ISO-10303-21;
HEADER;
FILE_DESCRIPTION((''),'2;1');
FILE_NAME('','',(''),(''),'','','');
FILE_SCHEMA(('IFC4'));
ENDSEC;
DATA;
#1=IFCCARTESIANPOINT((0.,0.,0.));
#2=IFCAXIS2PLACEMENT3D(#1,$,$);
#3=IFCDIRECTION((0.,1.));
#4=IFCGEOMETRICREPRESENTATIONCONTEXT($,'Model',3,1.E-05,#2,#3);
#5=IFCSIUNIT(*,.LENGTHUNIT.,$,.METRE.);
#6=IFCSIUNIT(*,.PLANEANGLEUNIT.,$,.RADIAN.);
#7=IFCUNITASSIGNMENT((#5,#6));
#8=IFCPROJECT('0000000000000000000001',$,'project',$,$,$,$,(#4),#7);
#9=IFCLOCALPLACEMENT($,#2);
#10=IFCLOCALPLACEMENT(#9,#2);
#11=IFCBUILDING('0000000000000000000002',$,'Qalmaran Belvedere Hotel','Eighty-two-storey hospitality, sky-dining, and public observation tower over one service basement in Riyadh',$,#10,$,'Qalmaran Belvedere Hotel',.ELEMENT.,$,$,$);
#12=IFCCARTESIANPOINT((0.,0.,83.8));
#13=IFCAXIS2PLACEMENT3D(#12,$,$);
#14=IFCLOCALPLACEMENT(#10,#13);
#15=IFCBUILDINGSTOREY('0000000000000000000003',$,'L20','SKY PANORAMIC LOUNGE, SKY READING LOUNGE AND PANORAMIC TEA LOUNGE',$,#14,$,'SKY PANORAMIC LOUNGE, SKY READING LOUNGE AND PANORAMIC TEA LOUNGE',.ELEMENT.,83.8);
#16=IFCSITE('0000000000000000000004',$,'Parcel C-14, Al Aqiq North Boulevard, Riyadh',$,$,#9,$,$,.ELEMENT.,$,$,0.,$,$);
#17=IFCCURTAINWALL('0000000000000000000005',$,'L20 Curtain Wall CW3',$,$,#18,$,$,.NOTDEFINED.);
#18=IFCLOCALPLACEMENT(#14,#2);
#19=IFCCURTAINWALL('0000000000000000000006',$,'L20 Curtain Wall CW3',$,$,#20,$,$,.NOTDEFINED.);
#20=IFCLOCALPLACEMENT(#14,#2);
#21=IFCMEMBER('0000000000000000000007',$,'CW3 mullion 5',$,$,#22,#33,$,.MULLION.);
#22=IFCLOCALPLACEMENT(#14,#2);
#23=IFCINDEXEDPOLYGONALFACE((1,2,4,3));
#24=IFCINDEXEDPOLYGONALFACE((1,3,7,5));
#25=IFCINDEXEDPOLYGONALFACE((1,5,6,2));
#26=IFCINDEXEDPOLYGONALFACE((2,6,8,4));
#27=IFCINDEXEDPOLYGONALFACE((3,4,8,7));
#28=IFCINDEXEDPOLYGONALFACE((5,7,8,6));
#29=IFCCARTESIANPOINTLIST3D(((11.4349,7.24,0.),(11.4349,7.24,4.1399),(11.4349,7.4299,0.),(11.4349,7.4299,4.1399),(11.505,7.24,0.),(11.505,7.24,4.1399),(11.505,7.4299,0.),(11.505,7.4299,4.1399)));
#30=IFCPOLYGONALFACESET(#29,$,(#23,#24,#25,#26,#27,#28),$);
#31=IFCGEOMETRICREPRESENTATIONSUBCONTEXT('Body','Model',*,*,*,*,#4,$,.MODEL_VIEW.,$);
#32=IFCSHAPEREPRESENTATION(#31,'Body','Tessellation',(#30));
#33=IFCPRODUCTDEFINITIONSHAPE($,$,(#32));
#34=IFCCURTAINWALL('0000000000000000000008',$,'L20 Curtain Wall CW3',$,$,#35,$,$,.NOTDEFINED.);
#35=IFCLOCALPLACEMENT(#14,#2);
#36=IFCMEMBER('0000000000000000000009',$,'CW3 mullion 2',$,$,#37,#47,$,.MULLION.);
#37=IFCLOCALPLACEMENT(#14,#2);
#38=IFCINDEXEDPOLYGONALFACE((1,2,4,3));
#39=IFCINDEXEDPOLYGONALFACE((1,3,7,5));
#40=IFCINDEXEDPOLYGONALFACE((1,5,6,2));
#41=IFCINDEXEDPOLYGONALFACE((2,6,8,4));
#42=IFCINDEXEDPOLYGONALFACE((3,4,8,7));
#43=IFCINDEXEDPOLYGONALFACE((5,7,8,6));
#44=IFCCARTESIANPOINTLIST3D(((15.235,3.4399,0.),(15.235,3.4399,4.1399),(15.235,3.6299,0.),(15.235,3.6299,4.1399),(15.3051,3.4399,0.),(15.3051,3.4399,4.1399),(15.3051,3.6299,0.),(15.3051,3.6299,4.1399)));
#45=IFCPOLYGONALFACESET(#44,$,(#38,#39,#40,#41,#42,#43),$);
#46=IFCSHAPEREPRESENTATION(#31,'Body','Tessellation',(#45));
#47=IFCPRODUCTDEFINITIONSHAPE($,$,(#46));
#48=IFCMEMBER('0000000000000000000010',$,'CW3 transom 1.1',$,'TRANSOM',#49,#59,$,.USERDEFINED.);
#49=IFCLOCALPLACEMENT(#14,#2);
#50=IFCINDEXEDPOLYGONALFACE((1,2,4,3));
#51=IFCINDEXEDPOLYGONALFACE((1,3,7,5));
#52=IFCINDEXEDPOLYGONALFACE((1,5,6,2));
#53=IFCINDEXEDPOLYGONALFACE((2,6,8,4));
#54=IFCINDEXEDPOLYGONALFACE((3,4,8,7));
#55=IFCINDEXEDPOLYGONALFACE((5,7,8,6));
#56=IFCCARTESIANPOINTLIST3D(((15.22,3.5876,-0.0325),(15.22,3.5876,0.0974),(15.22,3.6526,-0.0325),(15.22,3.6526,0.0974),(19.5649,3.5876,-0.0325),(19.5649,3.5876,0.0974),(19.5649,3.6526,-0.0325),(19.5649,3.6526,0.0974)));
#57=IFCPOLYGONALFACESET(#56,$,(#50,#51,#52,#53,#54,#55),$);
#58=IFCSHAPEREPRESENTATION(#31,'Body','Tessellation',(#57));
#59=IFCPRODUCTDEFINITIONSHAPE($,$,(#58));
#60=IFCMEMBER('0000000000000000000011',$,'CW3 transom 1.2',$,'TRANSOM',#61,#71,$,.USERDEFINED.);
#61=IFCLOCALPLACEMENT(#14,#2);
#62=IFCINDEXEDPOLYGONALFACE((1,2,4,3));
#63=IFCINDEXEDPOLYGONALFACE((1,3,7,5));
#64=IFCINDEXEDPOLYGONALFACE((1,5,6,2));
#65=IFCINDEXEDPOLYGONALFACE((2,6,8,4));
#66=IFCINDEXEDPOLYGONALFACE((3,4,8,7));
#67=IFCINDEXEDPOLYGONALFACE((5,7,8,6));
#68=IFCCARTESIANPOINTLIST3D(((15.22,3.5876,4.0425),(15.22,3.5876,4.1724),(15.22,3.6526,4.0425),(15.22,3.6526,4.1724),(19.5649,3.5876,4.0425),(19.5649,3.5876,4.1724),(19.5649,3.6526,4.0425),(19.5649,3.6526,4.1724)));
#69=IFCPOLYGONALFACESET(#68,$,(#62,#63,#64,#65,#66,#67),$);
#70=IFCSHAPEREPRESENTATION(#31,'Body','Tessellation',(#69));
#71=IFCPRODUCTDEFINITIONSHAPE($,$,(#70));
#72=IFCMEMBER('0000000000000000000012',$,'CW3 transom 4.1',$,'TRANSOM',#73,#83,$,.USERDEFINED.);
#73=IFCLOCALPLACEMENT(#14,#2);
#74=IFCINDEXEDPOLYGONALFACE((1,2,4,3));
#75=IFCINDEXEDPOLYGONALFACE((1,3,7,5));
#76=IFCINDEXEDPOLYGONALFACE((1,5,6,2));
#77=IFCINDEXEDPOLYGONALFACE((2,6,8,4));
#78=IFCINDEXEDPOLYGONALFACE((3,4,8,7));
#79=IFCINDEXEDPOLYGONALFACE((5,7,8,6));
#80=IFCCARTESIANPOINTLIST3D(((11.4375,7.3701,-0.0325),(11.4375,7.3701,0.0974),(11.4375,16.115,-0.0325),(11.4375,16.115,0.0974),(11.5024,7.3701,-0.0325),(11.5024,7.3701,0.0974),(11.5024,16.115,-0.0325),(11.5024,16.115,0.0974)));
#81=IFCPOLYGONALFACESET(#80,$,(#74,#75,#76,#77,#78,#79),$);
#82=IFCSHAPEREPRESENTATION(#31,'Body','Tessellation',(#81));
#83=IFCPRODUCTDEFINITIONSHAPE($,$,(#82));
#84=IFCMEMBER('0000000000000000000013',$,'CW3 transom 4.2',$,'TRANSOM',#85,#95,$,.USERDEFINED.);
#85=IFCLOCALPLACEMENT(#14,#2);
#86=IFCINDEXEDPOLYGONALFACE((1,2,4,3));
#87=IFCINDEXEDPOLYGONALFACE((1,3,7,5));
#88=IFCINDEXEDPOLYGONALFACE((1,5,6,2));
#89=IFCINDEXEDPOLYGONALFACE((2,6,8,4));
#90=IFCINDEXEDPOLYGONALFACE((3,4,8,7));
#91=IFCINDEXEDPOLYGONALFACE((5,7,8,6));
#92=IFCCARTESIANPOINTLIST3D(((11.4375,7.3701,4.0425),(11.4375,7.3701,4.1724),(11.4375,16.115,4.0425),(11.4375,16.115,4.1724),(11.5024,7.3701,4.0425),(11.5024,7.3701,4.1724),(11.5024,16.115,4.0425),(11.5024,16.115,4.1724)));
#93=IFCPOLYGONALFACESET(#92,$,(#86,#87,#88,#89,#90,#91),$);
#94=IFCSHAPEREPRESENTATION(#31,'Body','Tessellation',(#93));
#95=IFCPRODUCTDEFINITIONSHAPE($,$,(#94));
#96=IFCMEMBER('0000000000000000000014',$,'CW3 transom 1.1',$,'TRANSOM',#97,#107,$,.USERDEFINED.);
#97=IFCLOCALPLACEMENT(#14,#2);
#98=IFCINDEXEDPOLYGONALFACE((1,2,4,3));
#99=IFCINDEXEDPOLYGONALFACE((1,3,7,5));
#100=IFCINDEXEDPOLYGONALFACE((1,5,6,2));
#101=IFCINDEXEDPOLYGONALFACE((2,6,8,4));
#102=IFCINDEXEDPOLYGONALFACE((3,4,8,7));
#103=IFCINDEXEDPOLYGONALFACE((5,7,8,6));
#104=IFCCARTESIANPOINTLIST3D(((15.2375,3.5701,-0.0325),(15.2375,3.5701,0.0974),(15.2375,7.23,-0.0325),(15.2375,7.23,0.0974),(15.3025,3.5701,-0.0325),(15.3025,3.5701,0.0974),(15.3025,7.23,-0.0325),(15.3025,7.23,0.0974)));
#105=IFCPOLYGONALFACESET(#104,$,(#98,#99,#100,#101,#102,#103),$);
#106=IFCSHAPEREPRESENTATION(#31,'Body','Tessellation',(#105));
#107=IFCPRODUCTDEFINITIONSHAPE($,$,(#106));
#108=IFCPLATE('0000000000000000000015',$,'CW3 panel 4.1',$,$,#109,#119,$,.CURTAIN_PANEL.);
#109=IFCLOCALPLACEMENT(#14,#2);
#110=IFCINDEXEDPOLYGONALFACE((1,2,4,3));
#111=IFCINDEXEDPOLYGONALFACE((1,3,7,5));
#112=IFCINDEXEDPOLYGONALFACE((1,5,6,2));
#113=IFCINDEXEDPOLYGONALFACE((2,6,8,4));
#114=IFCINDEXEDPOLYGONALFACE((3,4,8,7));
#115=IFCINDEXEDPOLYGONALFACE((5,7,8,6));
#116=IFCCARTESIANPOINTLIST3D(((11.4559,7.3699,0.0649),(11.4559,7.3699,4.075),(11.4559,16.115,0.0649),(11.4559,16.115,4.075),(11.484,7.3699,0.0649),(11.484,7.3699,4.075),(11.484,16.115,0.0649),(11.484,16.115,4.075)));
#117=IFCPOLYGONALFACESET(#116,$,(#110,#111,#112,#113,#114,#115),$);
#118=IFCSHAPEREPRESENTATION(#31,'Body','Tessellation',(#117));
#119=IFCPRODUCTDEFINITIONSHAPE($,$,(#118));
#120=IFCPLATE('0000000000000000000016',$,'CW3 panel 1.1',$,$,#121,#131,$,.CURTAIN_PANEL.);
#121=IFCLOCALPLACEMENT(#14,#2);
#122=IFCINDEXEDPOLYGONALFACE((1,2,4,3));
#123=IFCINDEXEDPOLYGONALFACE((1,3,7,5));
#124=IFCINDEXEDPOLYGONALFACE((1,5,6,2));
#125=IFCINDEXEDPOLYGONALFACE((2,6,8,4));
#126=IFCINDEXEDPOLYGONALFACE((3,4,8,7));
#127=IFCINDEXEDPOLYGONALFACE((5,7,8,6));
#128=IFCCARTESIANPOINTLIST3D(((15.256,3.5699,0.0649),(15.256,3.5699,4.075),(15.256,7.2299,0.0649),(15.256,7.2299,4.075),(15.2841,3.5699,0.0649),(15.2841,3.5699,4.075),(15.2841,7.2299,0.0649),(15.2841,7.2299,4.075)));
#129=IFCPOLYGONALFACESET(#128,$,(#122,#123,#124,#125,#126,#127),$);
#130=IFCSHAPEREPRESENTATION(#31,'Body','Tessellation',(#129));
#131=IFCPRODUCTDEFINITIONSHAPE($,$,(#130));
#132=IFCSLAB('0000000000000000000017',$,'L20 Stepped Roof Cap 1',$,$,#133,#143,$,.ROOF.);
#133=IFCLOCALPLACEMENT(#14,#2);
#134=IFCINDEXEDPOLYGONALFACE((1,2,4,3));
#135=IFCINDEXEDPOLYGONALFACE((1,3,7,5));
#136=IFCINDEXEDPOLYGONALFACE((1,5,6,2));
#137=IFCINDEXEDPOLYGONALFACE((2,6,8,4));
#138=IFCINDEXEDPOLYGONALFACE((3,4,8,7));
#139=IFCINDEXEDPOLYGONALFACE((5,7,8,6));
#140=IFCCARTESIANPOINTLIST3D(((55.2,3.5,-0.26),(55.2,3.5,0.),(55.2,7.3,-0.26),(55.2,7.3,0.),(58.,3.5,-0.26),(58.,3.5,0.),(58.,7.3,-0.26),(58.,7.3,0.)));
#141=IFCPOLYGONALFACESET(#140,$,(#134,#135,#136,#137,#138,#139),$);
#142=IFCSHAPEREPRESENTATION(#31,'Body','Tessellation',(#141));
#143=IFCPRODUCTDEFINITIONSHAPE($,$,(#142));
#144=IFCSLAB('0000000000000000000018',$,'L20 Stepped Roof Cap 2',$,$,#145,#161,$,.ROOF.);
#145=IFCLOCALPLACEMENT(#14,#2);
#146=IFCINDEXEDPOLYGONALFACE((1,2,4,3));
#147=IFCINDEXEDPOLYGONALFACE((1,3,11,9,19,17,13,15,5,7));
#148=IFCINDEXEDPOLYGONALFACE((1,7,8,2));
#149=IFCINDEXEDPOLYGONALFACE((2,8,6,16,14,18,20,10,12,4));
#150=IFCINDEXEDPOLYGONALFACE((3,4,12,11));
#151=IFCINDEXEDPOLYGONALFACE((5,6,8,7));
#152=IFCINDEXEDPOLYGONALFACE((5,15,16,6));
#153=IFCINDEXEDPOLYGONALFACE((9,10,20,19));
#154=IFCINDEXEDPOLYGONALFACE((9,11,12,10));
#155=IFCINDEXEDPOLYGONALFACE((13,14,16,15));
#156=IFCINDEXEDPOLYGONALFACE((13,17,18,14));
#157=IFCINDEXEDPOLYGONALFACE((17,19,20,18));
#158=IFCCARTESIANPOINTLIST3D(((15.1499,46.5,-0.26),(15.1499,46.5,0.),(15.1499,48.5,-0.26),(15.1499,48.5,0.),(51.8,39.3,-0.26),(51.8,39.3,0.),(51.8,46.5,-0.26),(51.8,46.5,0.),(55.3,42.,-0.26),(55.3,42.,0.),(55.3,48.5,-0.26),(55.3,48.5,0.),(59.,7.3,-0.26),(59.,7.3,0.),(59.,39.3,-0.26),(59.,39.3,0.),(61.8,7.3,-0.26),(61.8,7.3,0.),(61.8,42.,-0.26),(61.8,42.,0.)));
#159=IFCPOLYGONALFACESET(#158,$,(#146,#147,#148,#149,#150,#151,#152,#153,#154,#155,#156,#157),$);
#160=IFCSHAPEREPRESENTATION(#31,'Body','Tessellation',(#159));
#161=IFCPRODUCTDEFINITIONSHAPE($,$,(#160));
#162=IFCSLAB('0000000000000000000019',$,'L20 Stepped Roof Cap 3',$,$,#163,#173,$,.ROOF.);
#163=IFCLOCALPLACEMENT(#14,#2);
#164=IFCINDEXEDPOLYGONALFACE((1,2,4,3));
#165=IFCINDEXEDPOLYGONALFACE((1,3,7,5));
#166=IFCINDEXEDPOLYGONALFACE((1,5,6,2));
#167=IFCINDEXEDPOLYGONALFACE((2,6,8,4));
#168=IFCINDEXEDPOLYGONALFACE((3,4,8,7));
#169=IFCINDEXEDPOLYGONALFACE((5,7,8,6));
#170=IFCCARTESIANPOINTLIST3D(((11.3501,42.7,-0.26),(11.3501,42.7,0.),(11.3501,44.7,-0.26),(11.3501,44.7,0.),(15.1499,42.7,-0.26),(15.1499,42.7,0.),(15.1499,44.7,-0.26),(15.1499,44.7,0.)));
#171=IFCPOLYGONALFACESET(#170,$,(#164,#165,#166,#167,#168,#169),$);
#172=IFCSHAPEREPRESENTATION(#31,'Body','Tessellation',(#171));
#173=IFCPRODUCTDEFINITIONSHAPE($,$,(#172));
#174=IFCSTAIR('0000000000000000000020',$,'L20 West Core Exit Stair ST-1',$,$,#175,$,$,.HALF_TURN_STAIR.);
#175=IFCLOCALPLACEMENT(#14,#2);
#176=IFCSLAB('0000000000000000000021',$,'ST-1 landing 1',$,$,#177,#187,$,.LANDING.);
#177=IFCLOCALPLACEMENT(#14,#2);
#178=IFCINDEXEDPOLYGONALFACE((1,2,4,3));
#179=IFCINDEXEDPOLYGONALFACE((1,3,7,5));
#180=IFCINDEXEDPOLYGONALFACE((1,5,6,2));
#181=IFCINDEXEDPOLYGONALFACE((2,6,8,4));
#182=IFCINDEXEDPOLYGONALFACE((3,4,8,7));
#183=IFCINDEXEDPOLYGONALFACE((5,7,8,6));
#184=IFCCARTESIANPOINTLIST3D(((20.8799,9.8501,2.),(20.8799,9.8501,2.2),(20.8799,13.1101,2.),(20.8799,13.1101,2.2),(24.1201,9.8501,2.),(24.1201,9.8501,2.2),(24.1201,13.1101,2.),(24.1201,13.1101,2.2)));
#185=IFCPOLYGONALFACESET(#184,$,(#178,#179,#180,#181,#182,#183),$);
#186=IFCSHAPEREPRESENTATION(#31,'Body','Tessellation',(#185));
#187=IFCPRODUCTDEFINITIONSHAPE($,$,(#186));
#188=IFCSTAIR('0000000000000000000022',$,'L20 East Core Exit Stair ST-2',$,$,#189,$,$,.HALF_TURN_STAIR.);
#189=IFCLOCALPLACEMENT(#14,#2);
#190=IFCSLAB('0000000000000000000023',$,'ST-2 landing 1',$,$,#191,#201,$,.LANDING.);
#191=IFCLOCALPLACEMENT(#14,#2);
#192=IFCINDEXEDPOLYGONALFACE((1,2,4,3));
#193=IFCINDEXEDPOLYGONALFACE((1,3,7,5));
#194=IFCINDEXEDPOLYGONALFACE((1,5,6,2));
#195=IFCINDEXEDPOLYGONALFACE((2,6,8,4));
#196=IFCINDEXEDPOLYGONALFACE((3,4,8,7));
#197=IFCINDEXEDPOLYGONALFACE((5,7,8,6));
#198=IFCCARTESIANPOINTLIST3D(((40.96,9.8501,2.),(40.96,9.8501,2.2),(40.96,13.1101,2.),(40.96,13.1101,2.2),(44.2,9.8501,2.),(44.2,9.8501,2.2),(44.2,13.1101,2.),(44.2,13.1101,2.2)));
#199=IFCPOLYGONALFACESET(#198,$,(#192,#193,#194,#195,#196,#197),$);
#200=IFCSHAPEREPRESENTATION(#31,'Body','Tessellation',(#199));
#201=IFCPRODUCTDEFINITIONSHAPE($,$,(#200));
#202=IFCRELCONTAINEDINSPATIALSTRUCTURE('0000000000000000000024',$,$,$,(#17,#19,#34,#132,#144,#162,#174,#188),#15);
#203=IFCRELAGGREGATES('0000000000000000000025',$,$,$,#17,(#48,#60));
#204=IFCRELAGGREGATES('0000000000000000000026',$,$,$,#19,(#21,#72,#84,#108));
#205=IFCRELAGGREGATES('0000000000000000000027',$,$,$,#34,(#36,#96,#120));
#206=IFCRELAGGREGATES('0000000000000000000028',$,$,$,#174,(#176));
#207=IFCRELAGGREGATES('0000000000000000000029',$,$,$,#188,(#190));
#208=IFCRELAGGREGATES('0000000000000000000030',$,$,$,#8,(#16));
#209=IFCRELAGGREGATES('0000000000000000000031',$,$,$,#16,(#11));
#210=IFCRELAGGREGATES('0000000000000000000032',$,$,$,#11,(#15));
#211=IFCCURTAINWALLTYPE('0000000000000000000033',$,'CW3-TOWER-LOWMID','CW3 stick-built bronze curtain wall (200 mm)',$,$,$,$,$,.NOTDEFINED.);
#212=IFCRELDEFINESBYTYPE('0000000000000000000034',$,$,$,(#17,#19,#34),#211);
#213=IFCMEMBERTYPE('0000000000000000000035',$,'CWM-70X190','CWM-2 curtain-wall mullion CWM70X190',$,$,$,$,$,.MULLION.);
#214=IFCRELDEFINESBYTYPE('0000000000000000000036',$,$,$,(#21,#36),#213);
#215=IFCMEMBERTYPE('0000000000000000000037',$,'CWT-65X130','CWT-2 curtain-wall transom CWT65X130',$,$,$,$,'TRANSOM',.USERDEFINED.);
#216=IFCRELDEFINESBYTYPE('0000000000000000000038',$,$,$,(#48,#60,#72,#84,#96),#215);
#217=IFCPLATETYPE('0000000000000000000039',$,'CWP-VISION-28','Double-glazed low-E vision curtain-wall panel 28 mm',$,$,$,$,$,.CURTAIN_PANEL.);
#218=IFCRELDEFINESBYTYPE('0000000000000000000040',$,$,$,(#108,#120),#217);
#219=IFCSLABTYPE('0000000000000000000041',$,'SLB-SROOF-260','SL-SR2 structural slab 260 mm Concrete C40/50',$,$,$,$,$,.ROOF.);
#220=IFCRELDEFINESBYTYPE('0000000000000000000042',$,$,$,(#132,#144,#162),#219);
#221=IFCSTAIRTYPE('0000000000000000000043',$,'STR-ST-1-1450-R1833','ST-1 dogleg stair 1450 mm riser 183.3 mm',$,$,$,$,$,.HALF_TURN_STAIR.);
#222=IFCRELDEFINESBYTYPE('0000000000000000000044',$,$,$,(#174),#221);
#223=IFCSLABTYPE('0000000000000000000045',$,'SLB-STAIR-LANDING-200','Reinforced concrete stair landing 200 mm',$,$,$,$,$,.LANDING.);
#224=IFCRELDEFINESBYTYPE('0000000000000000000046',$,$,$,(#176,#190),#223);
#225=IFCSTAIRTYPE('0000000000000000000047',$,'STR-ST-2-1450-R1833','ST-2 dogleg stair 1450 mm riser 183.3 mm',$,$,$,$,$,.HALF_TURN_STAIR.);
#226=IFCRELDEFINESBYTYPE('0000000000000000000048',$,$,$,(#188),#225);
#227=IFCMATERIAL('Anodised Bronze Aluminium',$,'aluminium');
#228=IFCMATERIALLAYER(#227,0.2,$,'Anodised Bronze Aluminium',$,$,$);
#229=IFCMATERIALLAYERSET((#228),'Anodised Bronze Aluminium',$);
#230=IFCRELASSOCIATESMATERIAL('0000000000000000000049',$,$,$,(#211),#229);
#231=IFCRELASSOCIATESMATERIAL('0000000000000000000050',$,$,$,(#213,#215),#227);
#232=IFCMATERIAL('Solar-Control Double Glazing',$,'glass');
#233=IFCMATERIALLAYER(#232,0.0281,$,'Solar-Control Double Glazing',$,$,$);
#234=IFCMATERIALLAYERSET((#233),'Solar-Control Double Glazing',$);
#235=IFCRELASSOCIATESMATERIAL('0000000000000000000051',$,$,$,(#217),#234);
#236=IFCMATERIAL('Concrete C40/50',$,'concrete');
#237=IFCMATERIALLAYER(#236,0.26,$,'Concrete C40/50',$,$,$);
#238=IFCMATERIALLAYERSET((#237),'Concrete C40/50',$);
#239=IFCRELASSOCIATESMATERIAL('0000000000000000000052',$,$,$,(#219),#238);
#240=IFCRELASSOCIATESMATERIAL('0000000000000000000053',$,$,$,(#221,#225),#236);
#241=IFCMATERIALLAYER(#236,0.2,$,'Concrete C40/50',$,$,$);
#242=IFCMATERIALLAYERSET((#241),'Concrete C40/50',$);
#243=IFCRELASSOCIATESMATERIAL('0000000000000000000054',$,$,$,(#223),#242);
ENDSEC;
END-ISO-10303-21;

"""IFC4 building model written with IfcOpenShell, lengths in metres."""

from ifc_helpers import new_model, si_unit, direction, frame, origin, origin_2d, place, context, subcontext, project, spatial, polyline, rectangle, outline, extrude, material, layer, layer_set, material_profile, profile_set, type_object, element, aggregate, save


model = new_model("IFC4")

# Units and contexts
model_context = context("Model", 3, precision=1e-05, world=origin(), true_north=direction((0.0, 1.0)))
body_context = subcontext(model_context, "Body", "Model", "MODEL_VIEW")
ifc_project = project(units=[si_unit("LENGTHUNIT", "METRE"), si_unit("PLANEANGLEUNIT", "RADIAN")], contexts=[model_context])

# Site, building, storey
site_placement = place(None, origin())
site = spatial("IfcSite", under=ifc_project, at=site_placement, Name="Parcel C-14, Al Aqiq North Boulevard, Riyadh", CompositionType="ELEMENT", RefElevation=0.0)
building_placement = place(site_placement, origin())
building = spatial("IfcBuilding", under=site, at=building_placement, Name="Qalmaran Belvedere Hotel", Description="Eighty-two-storey hospitality, sky-dining, and public observation tower over one service basement in Riyadh", LongName="Qalmaran Belvedere Hotel", CompositionType="ELEMENT")
storey_placement = place(building_placement, frame((0.0, 0.0, 83.8)))
storey = spatial("IfcBuildingStorey", under=building, at=storey_placement, Name="L20", Description="SKY PANORAMIC LOUNGE, SKY READING LOUNGE AND PANORAMIC TEA LOUNGE", LongName="SKY PANORAMIC LOUNGE, SKY READING LOUNGE AND PANORAMIC TEA LOUNGE", CompositionType="ELEMENT", Elevation=83.8)

# Curtain wall
ifc_material_1 = material(Name="Anodised Bronze Aluminium", Category="aluminium")
ifc_layer_1 = layer(ifc_material_1, 0.2, Name="Anodised Bronze Aluminium")
ifc_layer_set_1 = layer_set([ifc_layer_1], Name="Anodised Bronze Aluminium")
curtain_wall_type = type_object("IfcCurtainWallType", Name="CW3-TOWER-LOWMID", Description="CW3 stick-built bronze curtain wall (200 mm)", PredefinedType="NOTDEFINED", material=ifc_layer_set_1)
curtain_wall_1_placement = place(storey_placement, origin())
curtain_wall_1 = element("IfcCurtainWall", 1, at=curtain_wall_1_placement, inside=storey, type_object=curtain_wall_type, Name="L20 Curtain Wall CW3", PredefinedType="NOTDEFINED")
ifc_material_profile_1 = material_profile(ifc_material_1, rectangle(XDim=0.0701, YDim=0.1899, at=origin_2d()), Name="CWM70X190")
ifc_profile_set_1 = profile_set([ifc_material_profile_1], Name="Anodised Bronze Aluminium")
member_type_1 = type_object("IfcMemberType", Name="CWM-70X190", Description="CWM-2 curtain-wall mullion CWM70X190", PredefinedType="MULLION", material=ifc_profile_set_1)

# Curtain wall, member
curtain_wall_2_placement = place(storey_placement, origin())
curtain_wall_2 = element("IfcCurtainWall", 2, at=curtain_wall_2_placement, inside=storey, type_object=curtain_wall_type, Name="L20 Curtain Wall CW3", PredefinedType="NOTDEFINED")
member_1_placement = place(storey_placement, frame((11.47, 7.335, 0.0), z_axis=(0.0, 0.0, 1.0), x_axis=(1.0, 0.0, 0.0)))
member_1 = element("IfcMember", 3, at=member_1_placement, type_object=member_type_1, Name="CW3 mullion 5", PredefinedType="MULLION", context=body_context, shape_type="SweptSolid", body=[
    extrude(rectangle(XDim=0.0701, YDim=0.1899, at=origin_2d()), origin(), (0.0, 0.0, 1.0), 4.1399),
])

# Curtain wall, member
curtain_wall_3_placement = place(storey_placement, origin())
curtain_wall_3 = element("IfcCurtainWall", 4, at=curtain_wall_3_placement, inside=storey, type_object=curtain_wall_type, Name="L20 Curtain Wall CW3", PredefinedType="NOTDEFINED")
member_2_placement = place(storey_placement, frame((15.27, 3.5349, 0.0), z_axis=(0.0, 0.0, 1.0), x_axis=(1.0, 0.0, 0.0)))
member_2 = element("IfcMember", 5, at=member_2_placement, type_object=member_type_1, Name="CW3 mullion 2", PredefinedType="MULLION", context=body_context, shape_type="SweptSolid", body=[
    extrude(rectangle(XDim=0.0701, YDim=0.1899, at=origin_2d()), origin(), (0.0, 0.0, 1.0), 4.1399),
])

# Members
ifc_material_profile_2 = material_profile(ifc_material_1, rectangle(XDim=0.0649, YDim=0.1299, at=origin_2d()), Name="CWT65X130")
ifc_profile_set_2 = profile_set([ifc_material_profile_2], Name="Anodised Bronze Aluminium")
member_type_2 = type_object("IfcMemberType", Name="CWT-65X130", Description="CWT-2 curtain-wall transom CWT65X130", ElementType="TRANSOM", PredefinedType="USERDEFINED", material=ifc_profile_set_2)
member_3_placement = place(storey_placement, frame((15.22, 3.6201, 0.0325), z_axis=(1.0, 0.0, 0.0), x_axis=(0.0, 1.0, 0.0)))
member_3 = element("IfcMember", 6, at=member_3_placement, type_object=member_type_2, Name="CW3 transom 1.1", ObjectType="TRANSOM", PredefinedType="USERDEFINED", context=body_context, shape_type="SweptSolid", body=[
    extrude(rectangle(XDim=0.0649, YDim=0.1299, at=origin_2d()), origin(), (0.0, 0.0, 1.0), 4.345),
])
member_4_placement = place(storey_placement, frame((15.22, 3.6201, 4.1074), z_axis=(1.0, 0.0, 0.0), x_axis=(0.0, 1.0, 0.0)))
member_4 = element("IfcMember", 7, at=member_4_placement, type_object=member_type_2, Name="CW3 transom 1.2", ObjectType="TRANSOM", PredefinedType="USERDEFINED", context=body_context, shape_type="SweptSolid", body=[
    extrude(rectangle(XDim=0.0649, YDim=0.1299, at=origin_2d()), origin(), (0.0, 0.0, 1.0), 4.345),
])
aggregate(curtain_wall_1, [member_3, member_4])
member_5_placement = place(storey_placement, frame((11.47, 16.115, 0.0325), z_axis=(0.0, -1.0, 0.0), x_axis=(1.0, 0.0, 0.0)))
member_5 = element("IfcMember", 8, at=member_5_placement, type_object=member_type_2, Name="CW3 transom 4.1", ObjectType="TRANSOM", PredefinedType="USERDEFINED", context=body_context, shape_type="SweptSolid", body=[
    extrude(rectangle(XDim=0.0649, YDim=0.1299, at=origin_2d()), origin(), (0.0, 0.0, 1.0), 8.7449),
])
member_6_placement = place(storey_placement, frame((11.47, 16.115, 4.1074), z_axis=(0.0, -1.0, 0.0), x_axis=(1.0, 0.0, 0.0)))
member_6 = element("IfcMember", 9, at=member_6_placement, type_object=member_type_2, Name="CW3 transom 4.2", ObjectType="TRANSOM", PredefinedType="USERDEFINED", context=body_context, shape_type="SweptSolid", body=[
    extrude(rectangle(XDim=0.0649, YDim=0.1299, at=origin_2d()), origin(), (0.0, 0.0, 1.0), 8.7449),
])
member_7_placement = place(storey_placement, frame((15.27, 7.23, 0.0325), z_axis=(0.0, -1.0, 0.0), x_axis=(1.0, 0.0, 0.0)))
member_7 = element("IfcMember", 10, at=member_7_placement, type_object=member_type_2, Name="CW3 transom 1.1", ObjectType="TRANSOM", PredefinedType="USERDEFINED", context=body_context, shape_type="SweptSolid", body=[
    extrude(rectangle(XDim=0.0649, YDim=0.1299, at=origin_2d()), origin(), (0.0, 0.0, 1.0), 3.6599),
])

# Plates
ifc_material_2 = material(Name="Solar-Control Double Glazing", Category="glass")
ifc_layer_2 = layer(ifc_material_2, 0.0281, Name="Solar-Control Double Glazing")
ifc_layer_set_2 = layer_set([ifc_layer_2], Name="Solar-Control Double Glazing")
plate_type = type_object("IfcPlateType", Name="CWP-VISION-28", Description="Double-glazed low-E vision curtain-wall panel 28 mm", PredefinedType="CURTAIN_PANEL", material=ifc_layer_set_2)
plate_1_placement = place(storey_placement, frame((11.47, 11.7424, 0.0649), z_axis=(0.0, 0.0, 1.0), x_axis=(0.0, -1.0, 0.0)))
plate_1 = element("IfcPlate", 11, at=plate_1_placement, type_object=plate_type, Name="CW3 panel 4.1", PredefinedType="CURTAIN_PANEL", context=body_context, shape_type="SweptSolid", body=[
    extrude(rectangle(XDim=8.7451, YDim=0.0281, at=origin_2d()), origin(), (0.0, 0.0, 1.0), 4.01),
])
aggregate(curtain_wall_2, [member_1, member_5, member_6, plate_1])
plate_2_placement = place(storey_placement, frame((15.27, 5.3999, 0.0649), z_axis=(0.0, 0.0, 1.0), x_axis=(0.0, -1.0, 0.0)))
plate_2 = element("IfcPlate", 12, at=plate_2_placement, type_object=plate_type, Name="CW3 panel 1.1", PredefinedType="CURTAIN_PANEL", context=body_context, shape_type="SweptSolid", body=[
    extrude(rectangle(XDim=3.6599, YDim=0.0281, at=origin_2d()), origin(), (0.0, 0.0, 1.0), 4.01),
])
aggregate(curtain_wall_3, [member_2, member_7, plate_2])

# Slabs
ifc_material_3 = material(Name="Concrete C40/50", Category="concrete")
ifc_layer_3 = layer(ifc_material_3, 0.26, Name="Concrete C40/50")
ifc_layer_set_3 = layer_set([ifc_layer_3], Name="Concrete C40/50")
slab_type_1 = type_object("IfcSlabType", Name="SLB-SROOF-260", Description="SL-SR2 structural slab 260 mm Concrete C40/50", PredefinedType="ROOF", material=ifc_layer_set_3)
slab_1_placement = place(storey_placement, frame((0.0, 0.0, -0.26)))
element("IfcSlab", 13, at=slab_1_placement, inside=storey, type_object=slab_type_1, Name="L20 Stepped Roof Cap 1", PredefinedType="ROOF", context=body_context, shape_type="SweptSolid", body=[
    extrude(outline(polyline([(58.0, 3.5), (55.2, 3.5), (55.2, 7.3), (58.0, 7.3), (58.0, 3.5)])), origin(), (0.0, 0.0, 1.0), 0.26),
])
slab_2_placement = place(storey_placement, frame((0.0, 0.0, -0.26)))
element("IfcSlab", 14, at=slab_2_placement, inside=storey, type_object=slab_type_1, Name="L20 Stepped Roof Cap 2", PredefinedType="ROOF", context=body_context, shape_type="SweptSolid", body=[
    extrude(outline(polyline([(15.1499, 48.5), (55.3, 48.5), (55.3, 42.0), (61.8, 42.0), (61.8, 7.3), (59.0, 7.3), (59.0, 39.3), (51.8, 39.3), (51.8, 46.5), (15.1499, 46.5), (15.1499, 48.5)])), origin(), (0.0, 0.0, 1.0), 0.26),
])
slab_3_placement = place(storey_placement, frame((0.0, 0.0, -0.26)))
element("IfcSlab", 15, at=slab_3_placement, inside=storey, type_object=slab_type_1, Name="L20 Stepped Roof Cap 3", PredefinedType="ROOF", context=body_context, shape_type="SweptSolid", body=[
    extrude(outline(polyline([(11.3501, 44.7), (15.1499, 44.7), (15.1499, 42.7), (11.3501, 42.7), (11.3501, 44.7)])), origin(), (0.0, 0.0, 1.0), 0.26),
])

# Stairs, slabs
stair_type_1 = type_object("IfcStairType", Name="STR-ST-1-1450-R1833", Description="ST-1 dogleg stair 1450 mm riser 183.3 mm", PredefinedType="HALF_TURN_STAIR", material=ifc_material_3)
stair_1_placement = place(storey_placement, origin())
stair_1 = element("IfcStair", 16, at=stair_1_placement, inside=storey, type_object=stair_type_1, Name="L20 West Core Exit Stair ST-1", PredefinedType="HALF_TURN_STAIR")
ifc_layer_4 = layer(ifc_material_3, 0.2, Name="Concrete C40/50")
ifc_layer_set_4 = layer_set([ifc_layer_4], Name="Concrete C40/50")
slab_type_2 = type_object("IfcSlabType", Name="SLB-STAIR-LANDING-200", Description="Reinforced concrete stair landing 200 mm", PredefinedType="LANDING", material=ifc_layer_set_4)
slab_4_placement = place(storey_placement, frame((0.0, 0.0, 2.0)))
slab_4 = element("IfcSlab", 17, at=slab_4_placement, type_object=slab_type_2, Name="ST-1 landing 1", PredefinedType="LANDING", context=body_context, shape_type="SweptSolid", body=[
    extrude(outline(polyline([(20.8799, 13.1101), (20.8799, 9.8501), (24.1201, 9.8501), (24.1201, 13.1101), (20.8799, 13.1101)])), origin(), (0.0, 0.0, 1.0), 0.2),
])
aggregate(stair_1, [slab_4])
stair_type_2 = type_object("IfcStairType", Name="STR-ST-2-1450-R1833", Description="ST-2 dogleg stair 1450 mm riser 183.3 mm", PredefinedType="HALF_TURN_STAIR", material=ifc_material_3)
stair_2_placement = place(storey_placement, origin())
stair_2 = element("IfcStair", 18, at=stair_2_placement, inside=storey, type_object=stair_type_2, Name="L20 East Core Exit Stair ST-2", PredefinedType="HALF_TURN_STAIR")
slab_5_placement = place(storey_placement, frame((0.0, 0.0, 2.0)))
slab_5 = element("IfcSlab", 19, at=slab_5_placement, type_object=slab_type_2, Name="ST-2 landing 1", PredefinedType="LANDING", context=body_context, shape_type="SweptSolid", body=[
    extrude(outline(polyline([(40.96, 13.1101), (40.96, 9.8501), (44.2, 9.8501), (44.2, 13.1101), (40.96, 13.1101)])), origin(), (0.0, 0.0, 1.0), 0.2),
])
aggregate(stair_2, [slab_5])

save(model, "model.ifc")
